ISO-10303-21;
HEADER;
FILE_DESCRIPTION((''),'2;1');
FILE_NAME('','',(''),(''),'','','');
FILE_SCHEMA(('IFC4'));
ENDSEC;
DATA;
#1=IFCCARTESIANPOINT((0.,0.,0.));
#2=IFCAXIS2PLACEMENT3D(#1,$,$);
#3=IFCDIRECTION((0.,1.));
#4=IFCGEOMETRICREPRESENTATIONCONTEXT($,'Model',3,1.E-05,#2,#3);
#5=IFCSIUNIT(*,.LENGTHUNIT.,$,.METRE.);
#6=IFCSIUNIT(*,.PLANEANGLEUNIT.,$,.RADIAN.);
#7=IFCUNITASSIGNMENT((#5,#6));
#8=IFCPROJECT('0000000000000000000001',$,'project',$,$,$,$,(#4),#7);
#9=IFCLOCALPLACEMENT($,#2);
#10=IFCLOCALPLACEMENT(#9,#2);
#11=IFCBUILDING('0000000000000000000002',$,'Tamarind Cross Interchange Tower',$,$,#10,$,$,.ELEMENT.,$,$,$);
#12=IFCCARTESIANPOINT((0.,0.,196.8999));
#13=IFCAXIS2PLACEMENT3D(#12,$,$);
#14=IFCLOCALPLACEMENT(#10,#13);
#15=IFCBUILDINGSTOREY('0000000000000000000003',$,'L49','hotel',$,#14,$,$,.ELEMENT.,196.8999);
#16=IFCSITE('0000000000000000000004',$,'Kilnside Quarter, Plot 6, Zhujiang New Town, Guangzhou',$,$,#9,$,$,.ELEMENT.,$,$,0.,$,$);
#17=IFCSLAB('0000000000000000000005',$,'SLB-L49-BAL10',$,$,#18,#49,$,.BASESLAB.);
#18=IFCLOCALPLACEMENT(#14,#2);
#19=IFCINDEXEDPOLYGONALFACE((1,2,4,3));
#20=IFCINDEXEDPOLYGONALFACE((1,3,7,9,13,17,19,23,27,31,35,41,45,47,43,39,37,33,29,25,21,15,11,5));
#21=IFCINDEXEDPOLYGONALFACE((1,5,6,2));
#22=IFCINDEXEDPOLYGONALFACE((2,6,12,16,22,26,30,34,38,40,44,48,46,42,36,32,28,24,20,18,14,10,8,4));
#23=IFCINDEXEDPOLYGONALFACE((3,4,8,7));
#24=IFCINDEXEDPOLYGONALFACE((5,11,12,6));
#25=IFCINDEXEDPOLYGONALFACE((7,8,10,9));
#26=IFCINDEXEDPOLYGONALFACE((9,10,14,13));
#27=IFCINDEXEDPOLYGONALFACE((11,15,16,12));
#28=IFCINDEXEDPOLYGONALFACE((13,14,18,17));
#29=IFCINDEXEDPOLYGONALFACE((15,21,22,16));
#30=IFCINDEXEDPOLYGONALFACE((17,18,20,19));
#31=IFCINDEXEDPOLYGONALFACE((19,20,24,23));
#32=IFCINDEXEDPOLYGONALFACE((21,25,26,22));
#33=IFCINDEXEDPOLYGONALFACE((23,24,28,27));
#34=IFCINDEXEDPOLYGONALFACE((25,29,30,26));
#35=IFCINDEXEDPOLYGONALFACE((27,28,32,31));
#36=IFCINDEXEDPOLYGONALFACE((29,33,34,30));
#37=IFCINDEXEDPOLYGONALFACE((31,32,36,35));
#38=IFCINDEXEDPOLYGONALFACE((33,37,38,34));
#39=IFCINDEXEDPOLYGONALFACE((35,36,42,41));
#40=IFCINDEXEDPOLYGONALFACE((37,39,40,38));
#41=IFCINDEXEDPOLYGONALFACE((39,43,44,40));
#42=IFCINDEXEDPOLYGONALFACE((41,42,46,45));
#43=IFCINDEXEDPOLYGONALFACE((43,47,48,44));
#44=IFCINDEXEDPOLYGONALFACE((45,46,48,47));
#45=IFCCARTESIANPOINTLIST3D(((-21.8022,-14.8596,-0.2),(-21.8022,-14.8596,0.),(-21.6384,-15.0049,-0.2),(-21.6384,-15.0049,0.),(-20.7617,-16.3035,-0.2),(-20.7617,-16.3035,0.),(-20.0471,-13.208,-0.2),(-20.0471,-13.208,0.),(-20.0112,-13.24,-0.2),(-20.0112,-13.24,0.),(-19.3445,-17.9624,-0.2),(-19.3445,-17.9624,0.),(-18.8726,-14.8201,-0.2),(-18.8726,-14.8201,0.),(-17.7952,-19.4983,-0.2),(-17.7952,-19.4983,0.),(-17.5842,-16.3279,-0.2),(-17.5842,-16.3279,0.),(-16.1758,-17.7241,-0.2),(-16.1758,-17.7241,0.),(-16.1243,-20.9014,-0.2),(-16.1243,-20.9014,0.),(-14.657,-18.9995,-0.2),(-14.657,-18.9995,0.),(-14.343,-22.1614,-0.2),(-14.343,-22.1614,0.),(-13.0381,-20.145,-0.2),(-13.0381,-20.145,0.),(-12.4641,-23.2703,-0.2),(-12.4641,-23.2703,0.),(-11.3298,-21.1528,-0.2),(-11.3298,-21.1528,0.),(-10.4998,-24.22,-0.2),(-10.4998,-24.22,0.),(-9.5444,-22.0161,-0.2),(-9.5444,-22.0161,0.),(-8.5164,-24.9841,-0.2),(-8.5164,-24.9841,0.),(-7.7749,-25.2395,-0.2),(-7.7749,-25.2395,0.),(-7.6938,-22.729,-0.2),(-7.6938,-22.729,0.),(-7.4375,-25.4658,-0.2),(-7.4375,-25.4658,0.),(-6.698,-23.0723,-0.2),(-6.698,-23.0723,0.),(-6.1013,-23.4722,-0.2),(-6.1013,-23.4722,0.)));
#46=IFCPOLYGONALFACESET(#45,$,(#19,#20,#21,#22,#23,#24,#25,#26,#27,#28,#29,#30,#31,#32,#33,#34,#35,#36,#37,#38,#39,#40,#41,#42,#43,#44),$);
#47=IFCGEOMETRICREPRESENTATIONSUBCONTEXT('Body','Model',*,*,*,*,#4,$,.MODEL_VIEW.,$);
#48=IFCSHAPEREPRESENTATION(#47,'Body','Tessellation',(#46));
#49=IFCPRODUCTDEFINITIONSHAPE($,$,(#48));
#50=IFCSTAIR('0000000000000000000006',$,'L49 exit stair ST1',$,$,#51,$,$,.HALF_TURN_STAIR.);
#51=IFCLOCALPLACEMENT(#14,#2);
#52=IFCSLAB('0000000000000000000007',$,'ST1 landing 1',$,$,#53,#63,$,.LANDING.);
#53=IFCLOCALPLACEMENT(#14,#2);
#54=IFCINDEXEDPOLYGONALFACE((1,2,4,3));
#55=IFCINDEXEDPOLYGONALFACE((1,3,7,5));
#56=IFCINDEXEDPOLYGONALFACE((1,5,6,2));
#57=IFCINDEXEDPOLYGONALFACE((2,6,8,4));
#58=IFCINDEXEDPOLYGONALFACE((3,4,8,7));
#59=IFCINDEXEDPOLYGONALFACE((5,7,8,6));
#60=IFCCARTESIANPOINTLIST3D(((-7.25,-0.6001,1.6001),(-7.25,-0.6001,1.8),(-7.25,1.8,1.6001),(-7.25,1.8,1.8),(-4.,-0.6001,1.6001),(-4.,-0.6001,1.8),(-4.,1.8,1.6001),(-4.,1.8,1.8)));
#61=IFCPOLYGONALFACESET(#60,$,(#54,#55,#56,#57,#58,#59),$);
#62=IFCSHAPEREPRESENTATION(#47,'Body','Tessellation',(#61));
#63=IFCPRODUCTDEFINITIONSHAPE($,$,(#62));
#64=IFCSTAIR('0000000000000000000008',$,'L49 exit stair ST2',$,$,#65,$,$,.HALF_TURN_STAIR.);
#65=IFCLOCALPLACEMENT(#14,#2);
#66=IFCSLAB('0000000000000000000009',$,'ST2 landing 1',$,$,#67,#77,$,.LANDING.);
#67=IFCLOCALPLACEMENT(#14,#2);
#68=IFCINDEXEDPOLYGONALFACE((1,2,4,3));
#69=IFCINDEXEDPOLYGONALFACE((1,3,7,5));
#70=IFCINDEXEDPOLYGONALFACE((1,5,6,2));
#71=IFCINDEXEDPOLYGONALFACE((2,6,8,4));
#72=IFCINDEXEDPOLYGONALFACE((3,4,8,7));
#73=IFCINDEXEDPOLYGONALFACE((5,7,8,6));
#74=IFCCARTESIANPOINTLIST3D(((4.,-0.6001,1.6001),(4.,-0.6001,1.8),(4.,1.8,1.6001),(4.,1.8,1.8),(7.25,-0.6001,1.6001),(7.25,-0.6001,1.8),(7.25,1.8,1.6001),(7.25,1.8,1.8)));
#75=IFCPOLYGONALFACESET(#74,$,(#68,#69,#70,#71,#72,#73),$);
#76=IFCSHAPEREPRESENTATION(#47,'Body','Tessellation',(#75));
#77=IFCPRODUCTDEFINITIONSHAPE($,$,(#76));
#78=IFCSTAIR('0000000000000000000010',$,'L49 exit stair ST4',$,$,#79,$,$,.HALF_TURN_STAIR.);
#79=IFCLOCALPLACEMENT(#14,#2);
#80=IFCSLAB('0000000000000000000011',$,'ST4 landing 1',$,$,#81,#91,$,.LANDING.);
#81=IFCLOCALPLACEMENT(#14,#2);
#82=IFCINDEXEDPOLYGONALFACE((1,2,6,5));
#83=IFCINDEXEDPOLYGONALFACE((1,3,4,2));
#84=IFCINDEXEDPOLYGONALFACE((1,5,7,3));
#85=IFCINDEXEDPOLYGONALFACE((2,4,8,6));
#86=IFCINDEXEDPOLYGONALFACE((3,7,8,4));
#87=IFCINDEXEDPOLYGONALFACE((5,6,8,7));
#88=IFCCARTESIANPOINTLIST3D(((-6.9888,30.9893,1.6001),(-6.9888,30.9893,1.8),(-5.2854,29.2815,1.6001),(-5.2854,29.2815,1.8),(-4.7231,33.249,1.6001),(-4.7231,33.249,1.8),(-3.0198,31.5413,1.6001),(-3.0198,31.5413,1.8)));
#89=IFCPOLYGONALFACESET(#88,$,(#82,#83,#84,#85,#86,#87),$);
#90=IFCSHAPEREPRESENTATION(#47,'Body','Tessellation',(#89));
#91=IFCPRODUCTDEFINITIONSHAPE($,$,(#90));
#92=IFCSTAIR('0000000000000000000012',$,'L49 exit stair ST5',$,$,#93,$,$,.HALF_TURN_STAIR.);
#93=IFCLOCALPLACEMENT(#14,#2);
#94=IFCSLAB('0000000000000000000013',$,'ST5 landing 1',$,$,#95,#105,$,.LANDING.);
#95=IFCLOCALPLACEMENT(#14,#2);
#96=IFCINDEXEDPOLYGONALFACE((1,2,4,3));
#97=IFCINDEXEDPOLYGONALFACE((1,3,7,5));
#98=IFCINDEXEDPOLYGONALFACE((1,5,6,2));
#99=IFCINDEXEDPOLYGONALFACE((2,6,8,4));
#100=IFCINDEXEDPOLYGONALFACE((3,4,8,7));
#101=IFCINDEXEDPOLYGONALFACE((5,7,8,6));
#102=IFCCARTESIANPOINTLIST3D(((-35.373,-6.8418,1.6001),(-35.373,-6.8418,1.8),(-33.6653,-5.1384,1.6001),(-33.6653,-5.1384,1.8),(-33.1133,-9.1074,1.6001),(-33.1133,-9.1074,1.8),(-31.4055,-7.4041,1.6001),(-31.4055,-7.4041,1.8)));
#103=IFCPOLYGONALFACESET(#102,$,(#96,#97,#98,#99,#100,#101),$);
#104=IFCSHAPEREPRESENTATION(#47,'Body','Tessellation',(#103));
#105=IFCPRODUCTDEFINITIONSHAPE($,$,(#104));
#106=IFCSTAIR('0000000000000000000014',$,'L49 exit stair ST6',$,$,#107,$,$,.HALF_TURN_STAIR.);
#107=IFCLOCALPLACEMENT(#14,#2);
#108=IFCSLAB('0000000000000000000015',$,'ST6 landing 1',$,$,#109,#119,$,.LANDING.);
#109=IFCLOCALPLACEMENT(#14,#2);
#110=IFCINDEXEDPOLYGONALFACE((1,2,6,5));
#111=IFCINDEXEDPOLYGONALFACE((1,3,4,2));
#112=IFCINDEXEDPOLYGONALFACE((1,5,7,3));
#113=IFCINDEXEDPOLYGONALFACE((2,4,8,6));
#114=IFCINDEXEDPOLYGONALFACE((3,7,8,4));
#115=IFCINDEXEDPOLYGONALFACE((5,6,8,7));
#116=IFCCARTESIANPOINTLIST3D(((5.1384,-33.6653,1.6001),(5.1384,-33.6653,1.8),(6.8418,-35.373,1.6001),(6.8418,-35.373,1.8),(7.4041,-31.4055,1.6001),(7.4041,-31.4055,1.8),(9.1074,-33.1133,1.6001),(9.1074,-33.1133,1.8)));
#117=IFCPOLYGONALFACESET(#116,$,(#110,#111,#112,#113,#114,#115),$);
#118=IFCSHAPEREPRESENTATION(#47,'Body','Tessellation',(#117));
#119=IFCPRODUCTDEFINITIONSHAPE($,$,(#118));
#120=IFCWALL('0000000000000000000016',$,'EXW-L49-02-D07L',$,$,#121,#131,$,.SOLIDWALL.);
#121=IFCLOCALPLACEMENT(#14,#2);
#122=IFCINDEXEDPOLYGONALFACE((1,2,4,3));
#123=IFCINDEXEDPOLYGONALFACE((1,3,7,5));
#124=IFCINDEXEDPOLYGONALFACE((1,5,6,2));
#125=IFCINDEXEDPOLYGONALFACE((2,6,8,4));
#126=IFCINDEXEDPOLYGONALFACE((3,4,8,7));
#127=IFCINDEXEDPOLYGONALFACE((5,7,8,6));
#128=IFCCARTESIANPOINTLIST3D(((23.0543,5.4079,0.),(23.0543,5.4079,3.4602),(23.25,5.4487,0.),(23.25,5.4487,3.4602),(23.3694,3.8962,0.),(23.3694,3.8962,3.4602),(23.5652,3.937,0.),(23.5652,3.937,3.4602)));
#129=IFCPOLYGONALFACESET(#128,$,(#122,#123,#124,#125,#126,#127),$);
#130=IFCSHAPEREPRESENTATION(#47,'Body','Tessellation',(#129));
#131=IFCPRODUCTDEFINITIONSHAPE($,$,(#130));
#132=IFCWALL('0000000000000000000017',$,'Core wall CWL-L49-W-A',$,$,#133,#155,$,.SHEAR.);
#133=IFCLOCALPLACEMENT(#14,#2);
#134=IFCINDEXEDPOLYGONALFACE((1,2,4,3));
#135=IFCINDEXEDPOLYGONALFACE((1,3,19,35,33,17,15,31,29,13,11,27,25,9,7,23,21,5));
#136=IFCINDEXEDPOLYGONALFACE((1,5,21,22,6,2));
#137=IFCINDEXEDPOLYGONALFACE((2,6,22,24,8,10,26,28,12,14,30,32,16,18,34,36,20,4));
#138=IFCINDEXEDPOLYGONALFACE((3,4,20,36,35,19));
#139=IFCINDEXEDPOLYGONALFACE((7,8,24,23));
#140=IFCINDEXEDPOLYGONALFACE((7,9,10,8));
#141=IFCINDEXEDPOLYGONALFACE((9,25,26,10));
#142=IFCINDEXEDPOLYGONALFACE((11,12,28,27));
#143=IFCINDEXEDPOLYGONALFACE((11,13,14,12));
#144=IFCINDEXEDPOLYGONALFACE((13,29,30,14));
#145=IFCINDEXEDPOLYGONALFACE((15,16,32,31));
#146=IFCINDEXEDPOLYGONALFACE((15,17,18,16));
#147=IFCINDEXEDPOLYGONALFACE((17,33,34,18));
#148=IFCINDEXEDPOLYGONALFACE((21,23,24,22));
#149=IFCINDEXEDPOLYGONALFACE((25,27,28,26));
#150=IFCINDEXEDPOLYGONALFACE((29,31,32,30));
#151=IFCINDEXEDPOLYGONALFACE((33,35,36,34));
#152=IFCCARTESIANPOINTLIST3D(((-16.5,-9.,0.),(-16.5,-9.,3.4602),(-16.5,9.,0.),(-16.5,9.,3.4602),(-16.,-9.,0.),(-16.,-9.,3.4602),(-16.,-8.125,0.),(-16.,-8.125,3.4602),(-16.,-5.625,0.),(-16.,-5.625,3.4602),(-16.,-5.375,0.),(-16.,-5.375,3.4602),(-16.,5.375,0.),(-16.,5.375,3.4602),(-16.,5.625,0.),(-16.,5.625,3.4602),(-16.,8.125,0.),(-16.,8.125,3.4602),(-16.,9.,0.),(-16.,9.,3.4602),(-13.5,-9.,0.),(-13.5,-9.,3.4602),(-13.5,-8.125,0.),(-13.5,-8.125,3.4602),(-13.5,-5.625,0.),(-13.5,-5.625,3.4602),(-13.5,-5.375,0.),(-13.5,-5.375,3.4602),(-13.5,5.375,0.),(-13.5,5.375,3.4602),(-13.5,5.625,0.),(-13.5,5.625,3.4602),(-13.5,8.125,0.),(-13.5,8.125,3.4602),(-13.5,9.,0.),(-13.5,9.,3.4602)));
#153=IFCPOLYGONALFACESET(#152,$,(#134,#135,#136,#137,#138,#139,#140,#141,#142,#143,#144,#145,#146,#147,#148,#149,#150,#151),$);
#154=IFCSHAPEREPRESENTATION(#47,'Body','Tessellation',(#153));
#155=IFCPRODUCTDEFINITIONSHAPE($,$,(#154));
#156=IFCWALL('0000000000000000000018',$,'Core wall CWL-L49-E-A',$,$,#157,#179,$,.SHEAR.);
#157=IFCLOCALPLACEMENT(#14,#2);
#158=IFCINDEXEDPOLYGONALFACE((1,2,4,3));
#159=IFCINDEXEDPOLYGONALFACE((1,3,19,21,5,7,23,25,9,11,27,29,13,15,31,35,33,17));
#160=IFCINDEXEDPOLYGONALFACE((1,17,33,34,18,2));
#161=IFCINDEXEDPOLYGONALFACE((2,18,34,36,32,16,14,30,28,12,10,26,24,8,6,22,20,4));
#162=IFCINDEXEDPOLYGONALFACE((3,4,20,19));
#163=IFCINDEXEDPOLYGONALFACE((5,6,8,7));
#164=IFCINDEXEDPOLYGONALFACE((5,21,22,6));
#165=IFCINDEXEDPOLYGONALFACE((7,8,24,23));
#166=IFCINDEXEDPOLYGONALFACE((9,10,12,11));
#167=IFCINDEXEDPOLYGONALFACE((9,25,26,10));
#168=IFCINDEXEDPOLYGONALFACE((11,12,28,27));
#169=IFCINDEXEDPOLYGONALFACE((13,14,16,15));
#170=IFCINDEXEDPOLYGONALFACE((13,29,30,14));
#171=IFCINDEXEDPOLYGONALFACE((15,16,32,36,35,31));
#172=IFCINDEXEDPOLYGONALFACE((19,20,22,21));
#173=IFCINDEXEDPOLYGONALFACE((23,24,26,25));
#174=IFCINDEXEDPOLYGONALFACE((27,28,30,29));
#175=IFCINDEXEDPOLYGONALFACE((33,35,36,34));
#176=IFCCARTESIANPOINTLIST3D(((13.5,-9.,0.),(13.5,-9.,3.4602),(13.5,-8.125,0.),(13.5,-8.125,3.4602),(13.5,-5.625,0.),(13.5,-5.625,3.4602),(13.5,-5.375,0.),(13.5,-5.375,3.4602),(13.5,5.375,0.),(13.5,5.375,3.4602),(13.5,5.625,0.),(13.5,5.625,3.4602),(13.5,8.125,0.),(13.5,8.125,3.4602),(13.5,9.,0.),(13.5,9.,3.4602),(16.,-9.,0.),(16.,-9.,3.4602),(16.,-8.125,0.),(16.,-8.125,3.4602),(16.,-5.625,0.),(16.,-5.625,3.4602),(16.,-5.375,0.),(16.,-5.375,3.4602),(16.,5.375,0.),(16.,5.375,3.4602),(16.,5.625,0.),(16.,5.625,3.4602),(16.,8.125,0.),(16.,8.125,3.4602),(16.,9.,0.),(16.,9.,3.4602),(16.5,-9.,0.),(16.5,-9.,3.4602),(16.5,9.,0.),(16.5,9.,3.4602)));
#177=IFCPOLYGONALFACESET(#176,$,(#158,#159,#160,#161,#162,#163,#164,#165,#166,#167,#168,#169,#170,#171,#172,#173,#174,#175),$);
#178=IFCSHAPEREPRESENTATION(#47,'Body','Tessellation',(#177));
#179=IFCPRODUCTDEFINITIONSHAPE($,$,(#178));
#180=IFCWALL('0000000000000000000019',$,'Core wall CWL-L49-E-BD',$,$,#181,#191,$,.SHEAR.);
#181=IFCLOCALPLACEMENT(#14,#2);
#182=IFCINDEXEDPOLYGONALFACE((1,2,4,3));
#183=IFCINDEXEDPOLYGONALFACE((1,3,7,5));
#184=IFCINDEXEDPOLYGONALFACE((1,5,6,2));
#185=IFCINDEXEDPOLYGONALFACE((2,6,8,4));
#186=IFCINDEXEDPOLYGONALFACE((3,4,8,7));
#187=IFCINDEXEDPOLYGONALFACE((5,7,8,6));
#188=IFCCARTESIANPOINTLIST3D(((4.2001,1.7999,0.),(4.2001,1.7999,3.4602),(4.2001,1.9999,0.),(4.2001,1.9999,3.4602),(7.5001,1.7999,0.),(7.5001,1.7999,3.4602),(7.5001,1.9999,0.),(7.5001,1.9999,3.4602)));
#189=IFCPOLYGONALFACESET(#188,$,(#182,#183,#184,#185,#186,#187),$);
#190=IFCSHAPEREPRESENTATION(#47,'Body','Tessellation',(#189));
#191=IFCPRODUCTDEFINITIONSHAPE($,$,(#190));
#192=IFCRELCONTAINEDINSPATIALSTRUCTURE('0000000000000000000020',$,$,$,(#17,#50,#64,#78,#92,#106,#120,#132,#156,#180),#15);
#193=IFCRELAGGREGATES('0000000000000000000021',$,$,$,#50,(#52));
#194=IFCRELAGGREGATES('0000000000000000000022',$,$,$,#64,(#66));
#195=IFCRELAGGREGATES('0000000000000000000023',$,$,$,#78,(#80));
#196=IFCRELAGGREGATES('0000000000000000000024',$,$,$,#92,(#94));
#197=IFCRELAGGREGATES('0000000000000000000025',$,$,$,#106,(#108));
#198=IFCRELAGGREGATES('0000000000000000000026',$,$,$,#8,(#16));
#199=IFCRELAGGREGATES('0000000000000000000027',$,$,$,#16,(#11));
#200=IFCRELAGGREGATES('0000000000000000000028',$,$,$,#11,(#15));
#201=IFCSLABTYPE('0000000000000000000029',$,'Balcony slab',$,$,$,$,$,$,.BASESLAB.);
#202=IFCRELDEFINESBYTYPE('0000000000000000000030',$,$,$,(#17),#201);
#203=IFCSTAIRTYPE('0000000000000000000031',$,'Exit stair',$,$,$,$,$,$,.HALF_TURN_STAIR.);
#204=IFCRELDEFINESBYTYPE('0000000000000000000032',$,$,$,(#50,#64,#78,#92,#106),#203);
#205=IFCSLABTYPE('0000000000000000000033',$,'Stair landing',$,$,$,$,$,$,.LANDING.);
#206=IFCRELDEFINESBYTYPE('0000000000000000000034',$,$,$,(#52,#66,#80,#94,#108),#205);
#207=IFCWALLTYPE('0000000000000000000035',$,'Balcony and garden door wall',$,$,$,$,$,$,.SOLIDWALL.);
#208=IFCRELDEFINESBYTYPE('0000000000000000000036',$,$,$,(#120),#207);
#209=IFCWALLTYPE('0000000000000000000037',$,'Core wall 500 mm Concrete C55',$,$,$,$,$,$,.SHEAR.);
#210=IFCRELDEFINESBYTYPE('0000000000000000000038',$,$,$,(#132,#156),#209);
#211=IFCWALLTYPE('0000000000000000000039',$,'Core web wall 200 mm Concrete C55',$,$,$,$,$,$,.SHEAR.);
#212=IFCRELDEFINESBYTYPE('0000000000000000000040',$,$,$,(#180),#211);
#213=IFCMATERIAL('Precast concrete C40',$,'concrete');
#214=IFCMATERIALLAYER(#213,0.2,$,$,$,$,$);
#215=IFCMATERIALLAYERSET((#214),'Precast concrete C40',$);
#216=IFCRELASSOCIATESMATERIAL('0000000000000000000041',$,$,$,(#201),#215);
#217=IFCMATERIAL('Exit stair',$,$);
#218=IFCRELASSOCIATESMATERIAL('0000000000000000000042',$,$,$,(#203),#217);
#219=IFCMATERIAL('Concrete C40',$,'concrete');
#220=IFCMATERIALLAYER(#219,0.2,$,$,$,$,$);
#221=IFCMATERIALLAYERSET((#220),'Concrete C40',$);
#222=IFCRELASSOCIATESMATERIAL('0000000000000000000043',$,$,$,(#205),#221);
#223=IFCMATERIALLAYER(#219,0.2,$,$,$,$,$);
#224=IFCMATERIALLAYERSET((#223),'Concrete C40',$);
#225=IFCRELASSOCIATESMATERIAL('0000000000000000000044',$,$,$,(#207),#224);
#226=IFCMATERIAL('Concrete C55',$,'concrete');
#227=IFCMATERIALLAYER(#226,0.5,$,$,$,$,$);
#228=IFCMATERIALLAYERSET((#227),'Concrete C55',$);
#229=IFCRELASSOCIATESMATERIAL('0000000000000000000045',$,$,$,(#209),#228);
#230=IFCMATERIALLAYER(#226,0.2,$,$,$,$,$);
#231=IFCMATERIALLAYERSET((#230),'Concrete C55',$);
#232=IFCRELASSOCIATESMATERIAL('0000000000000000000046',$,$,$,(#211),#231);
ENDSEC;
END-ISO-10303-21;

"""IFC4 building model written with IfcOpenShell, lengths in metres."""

from ifc_helpers import new_model, si_unit, direction, frame, frame_2d, origin, place, context, subcontext, project, spatial, polyline, rectangle, outline, extrude, material, layer, layer_set, type_object, element, aggregate, save


model = new_model("IFC4")

# Units and contexts
model_context = context("Model", 3, precision=1e-05, world=origin(), true_north=direction((0.0, 1.0)))
body_context = subcontext(model_context, "Body", "Model", "MODEL_VIEW")
ifc_project = project(units=[si_unit("LENGTHUNIT", "METRE"), si_unit("PLANEANGLEUNIT", "RADIAN")], contexts=[model_context])

# Site, building, storey
site_placement = place(None, origin())
site = spatial("IfcSite", under=ifc_project, at=site_placement, Name="Kilnside Quarter, Plot 6, Zhujiang New Town, Guangzhou", CompositionType="ELEMENT", RefElevation=0.0)
building_placement = place(site_placement, origin())
building = spatial("IfcBuilding", under=site, at=building_placement, Name="Tamarind Cross Interchange Tower", CompositionType="ELEMENT")
storey_placement = place(building_placement, frame((0.0, 0.0, 196.8999)))
storey = spatial("IfcBuildingStorey", under=building, at=storey_placement, Name="L49", Description="hotel", CompositionType="ELEMENT", Elevation=196.8999)

# Shared definitions
ifc_material_1 = material(Name="Concrete C55", Category="concrete")

# Slab
ifc_material_2 = material(Name="Precast concrete C40", Category="concrete")
ifc_layer_1 = layer(ifc_material_2, 0.2)
ifc_layer_set_1 = layer_set([ifc_layer_1], Name="Precast concrete C40")
slab_type_1 = type_object("IfcSlabType", Name="Balcony slab", PredefinedType="BASESLAB", material=ifc_layer_set_1)
slab_1_placement = place(storey_placement, frame((0.0, 0.0, -0.2)))
element("IfcSlab", 1, at=slab_1_placement, inside=storey, type_object=slab_type_1, Name="SLB-L49-BAL10", PredefinedType="BASESLAB", context=body_context, shape_type="SweptSolid", body=[
    extrude(outline(polyline([(-20.0471, -13.208), (-20.0112, -13.24), (-18.8726, -14.8201), (-17.5842, -16.3279), (-16.1758, -17.7241), (-14.657, -18.9995), (-13.0381, -20.145), (-11.3298, -21.1528), (-9.5444, -22.0161), (-7.6938, -22.729), (-6.698, -23.0723), (-6.1013, -23.4722), (-7.4375, -25.4658), (-7.7749, -25.2395), (-8.5164, -24.9841), (-10.4998, -24.22), (-12.4641, -23.2703), (-14.343, -22.1614), (-16.1243, -20.9014), (-17.7952, -19.4983), (-19.3445, -17.9624), (-20.7617, -16.3035), (-21.8022, -14.8596), (-21.6384, -15.0049), (-20.0471, -13.208)])), origin(), (0.0, 0.0, 1.0), 0.2),
])

# Stairs, slabs
ifc_material_3 = material(Name="Exit stair")
stair_type = type_object("IfcStairType", Name="Exit stair", PredefinedType="HALF_TURN_STAIR", material=ifc_material_3)
stair_1_placement = place(storey_placement, origin())
stair_1 = element("IfcStair", 2, at=stair_1_placement, inside=storey, type_object=stair_type, Name="L49 exit stair ST1", PredefinedType="HALF_TURN_STAIR")
ifc_material_4 = material(Name="Concrete C40", Category="concrete")
ifc_layer_2 = layer(ifc_material_4, 0.2)
ifc_layer_set_2 = layer_set([ifc_layer_2], Name="Concrete C40")
slab_type_2 = type_object("IfcSlabType", Name="Stair landing", PredefinedType="LANDING", material=ifc_layer_set_2)
slab_2_placement = place(storey_placement, frame((0.0, 0.0, 1.6001)))
slab_2 = element("IfcSlab", 3, at=slab_2_placement, type_object=slab_type_2, Name="ST1 landing 1", PredefinedType="LANDING", context=body_context, shape_type="SweptSolid", body=[
    extrude(outline(polyline([(-4.0, -0.6001), (-4.0, 1.8), (-7.25, 1.8), (-7.25, -0.6001), (-4.0, -0.6001)])), origin(), (0.0, 0.0, 1.0), 0.2),
])
aggregate(stair_1, [slab_2])
stair_2_placement = place(storey_placement, origin())
stair_2 = element("IfcStair", 4, at=stair_2_placement, inside=storey, type_object=stair_type, Name="L49 exit stair ST2", PredefinedType="HALF_TURN_STAIR")
slab_3_placement = place(storey_placement, frame((0.0, 0.0, 1.6001)))
slab_3 = element("IfcSlab", 5, at=slab_3_placement, type_object=slab_type_2, Name="ST2 landing 1", PredefinedType="LANDING", context=body_context, shape_type="SweptSolid", body=[
    extrude(outline(polyline([(7.25, -0.6001), (7.25, 1.8), (4.0, 1.8), (4.0, -0.6001), (7.25, -0.6001)])), origin(), (0.0, 0.0, 1.0), 0.2),
])
aggregate(stair_2, [slab_3])
stair_3_placement = place(storey_placement, origin())
stair_3 = element("IfcStair", 6, at=stair_3_placement, inside=storey, type_object=stair_type, Name="L49 exit stair ST4", PredefinedType="HALF_TURN_STAIR")
slab_4_placement = place(storey_placement, frame((0.0, 0.0, 1.6001)))
slab_4 = element("IfcSlab", 7, at=slab_4_placement, type_object=slab_type_2, Name="ST4 landing 1", PredefinedType="LANDING", context=body_context, shape_type="SweptSolid", body=[
    extrude(outline(polyline([(-3.0198, 31.5413), (-4.7231, 33.249), (-6.9888, 30.9893), (-5.2854, 29.2815), (-3.0198, 31.5413)])), origin(), (0.0, 0.0, 1.0), 0.2),
])
aggregate(stair_3, [slab_4])
stair_4_placement = place(storey_placement, origin())
stair_4 = element("IfcStair", 8, at=stair_4_placement, inside=storey, type_object=stair_type, Name="L49 exit stair ST5", PredefinedType="HALF_TURN_STAIR")
slab_5_placement = place(storey_placement, frame((0.0, 0.0, 1.6001)))
slab_5 = element("IfcSlab", 9, at=slab_5_placement, type_object=slab_type_2, Name="ST5 landing 1", PredefinedType="LANDING", context=body_context, shape_type="SweptSolid", body=[
    extrude(outline(polyline([(-33.6653, -5.1384), (-35.373, -6.8418), (-33.1133, -9.1074), (-31.4055, -7.4041), (-33.6653, -5.1384)])), origin(), (0.0, 0.0, 1.0), 0.2),
])
aggregate(stair_4, [slab_5])
stair_5_placement = place(storey_placement, origin())
stair_5 = element("IfcStair", 10, at=stair_5_placement, inside=storey, type_object=stair_type, Name="L49 exit stair ST6", PredefinedType="HALF_TURN_STAIR")
slab_6_placement = place(storey_placement, frame((0.0, 0.0, 1.6001)))
slab_6 = element("IfcSlab", 11, at=slab_6_placement, type_object=slab_type_2, Name="ST6 landing 1", PredefinedType="LANDING", context=body_context, shape_type="SweptSolid", body=[
    extrude(outline(polyline([(5.1384, -33.6653), (6.8418, -35.373), (9.1074, -33.1133), (7.4041, -31.4055), (5.1384, -33.6653)])), origin(), (0.0, 0.0, 1.0), 0.2),
])
aggregate(stair_5, [slab_6])

# Wall
ifc_layer_3 = layer(ifc_material_4, 0.2)
ifc_layer_set_3 = layer_set([ifc_layer_3], Name="Concrete C40")
wall_type_1 = type_object("IfcWallType", Name="Balcony and garden door wall", PredefinedType="SOLIDWALL", material=ifc_layer_set_3)
wall_1_placement = place(storey_placement, frame((23.4673, 3.9167, 0.0), z_axis=(0.0, 0.0, 1.0), x_axis=(-0.204106, 0.978949, 0.0)))
element("IfcWall", 12, at=wall_1_placement, inside=storey, type_object=wall_type_1, Name="EXW-L49-02-D07L", PredefinedType="SOLIDWALL", context=body_context, shape_type="SweptSolid", body=[
    extrude(rectangle(XDim=1.5442, YDim=0.2, at=frame_2d((0.772, 0.0))), origin(), (0.0, 0.0, 1.0), 3.4602),
])

# Walls
ifc_layer_4 = layer(ifc_material_1, 0.5)
ifc_layer_set_4 = layer_set([ifc_layer_4], Name="Concrete C55")
wall_type_2 = type_object("IfcWallType", Name="Core wall 500 mm Concrete C55", PredefinedType="SHEAR", material=ifc_layer_set_4)
wall_2_placement = place(storey_placement, origin())
element("IfcWall", 13, at=wall_2_placement, inside=storey, type_object=wall_type_2, Name="Core wall CWL-L49-W-A", PredefinedType="SHEAR", context=body_context, shape_type="SweptSolid", body=[
    extrude(outline(polyline([(-13.5, -8.125), (-16.0, -8.125), (-16.0, -5.625), (-13.5, -5.625), (-13.5, -5.375), (-16.0, -5.375), (-16.0, 5.375), (-13.5, 5.375), (-13.5, 5.625), (-16.0, 5.625), (-16.0, 8.125), (-13.5, 8.125), (-13.5, 9.0), (-16.0, 9.0), (-16.5, 9.0), (-16.5, -9.0), (-16.0, -9.0), (-13.5, -9.0), (-13.5, -8.125)])), origin(), (0.0, 0.0, 1.0), 3.4602),
])
wall_3_placement = place(storey_placement, origin())
element("IfcWall", 14, at=wall_3_placement, inside=storey, type_object=wall_type_2, Name="Core wall CWL-L49-E-A", PredefinedType="SHEAR", context=body_context, shape_type="SweptSolid", body=[
    extrude(outline(polyline([(13.5, -8.125), (13.5, -9.0), (16.0, -9.0), (16.5, -9.0), (16.5, 9.0), (16.0, 9.0), (13.5, 9.0), (13.5, 8.125), (16.0, 8.125), (16.0, 5.625), (13.5, 5.625), (13.5, 5.375), (16.0, 5.375), (16.0, -5.375), (13.5, -5.375), (13.5, -5.625), (16.0, -5.625), (16.0, -8.125), (13.5, -8.125)])), origin(), (0.0, 0.0, 1.0), 3.4602),
])
ifc_layer_5 = layer(ifc_material_1, 0.2)
ifc_layer_set_5 = layer_set([ifc_layer_5], Name="Concrete C55")
wall_type_3 = type_object("IfcWallType", Name="Core web wall 200 mm Concrete C55", PredefinedType="SHEAR", material=ifc_layer_set_5)
wall_4_placement = place(storey_placement, frame((7.5, 1.8999, 0.0), z_axis=(0.0, 0.0, 1.0), x_axis=(-1.0, 0.0, 0.0)))
element("IfcWall", 15, at=wall_4_placement, inside=storey, type_object=wall_type_3, Name="Core wall CWL-L49-E-BD", PredefinedType="SHEAR", context=body_context, shape_type="SweptSolid", body=[
    extrude(rectangle(XDim=3.3, YDim=0.2, at=frame_2d((1.6499, 0.0))), origin(), (0.0, 0.0, 1.0), 3.4602),
])

save(model, "model.ifc")
